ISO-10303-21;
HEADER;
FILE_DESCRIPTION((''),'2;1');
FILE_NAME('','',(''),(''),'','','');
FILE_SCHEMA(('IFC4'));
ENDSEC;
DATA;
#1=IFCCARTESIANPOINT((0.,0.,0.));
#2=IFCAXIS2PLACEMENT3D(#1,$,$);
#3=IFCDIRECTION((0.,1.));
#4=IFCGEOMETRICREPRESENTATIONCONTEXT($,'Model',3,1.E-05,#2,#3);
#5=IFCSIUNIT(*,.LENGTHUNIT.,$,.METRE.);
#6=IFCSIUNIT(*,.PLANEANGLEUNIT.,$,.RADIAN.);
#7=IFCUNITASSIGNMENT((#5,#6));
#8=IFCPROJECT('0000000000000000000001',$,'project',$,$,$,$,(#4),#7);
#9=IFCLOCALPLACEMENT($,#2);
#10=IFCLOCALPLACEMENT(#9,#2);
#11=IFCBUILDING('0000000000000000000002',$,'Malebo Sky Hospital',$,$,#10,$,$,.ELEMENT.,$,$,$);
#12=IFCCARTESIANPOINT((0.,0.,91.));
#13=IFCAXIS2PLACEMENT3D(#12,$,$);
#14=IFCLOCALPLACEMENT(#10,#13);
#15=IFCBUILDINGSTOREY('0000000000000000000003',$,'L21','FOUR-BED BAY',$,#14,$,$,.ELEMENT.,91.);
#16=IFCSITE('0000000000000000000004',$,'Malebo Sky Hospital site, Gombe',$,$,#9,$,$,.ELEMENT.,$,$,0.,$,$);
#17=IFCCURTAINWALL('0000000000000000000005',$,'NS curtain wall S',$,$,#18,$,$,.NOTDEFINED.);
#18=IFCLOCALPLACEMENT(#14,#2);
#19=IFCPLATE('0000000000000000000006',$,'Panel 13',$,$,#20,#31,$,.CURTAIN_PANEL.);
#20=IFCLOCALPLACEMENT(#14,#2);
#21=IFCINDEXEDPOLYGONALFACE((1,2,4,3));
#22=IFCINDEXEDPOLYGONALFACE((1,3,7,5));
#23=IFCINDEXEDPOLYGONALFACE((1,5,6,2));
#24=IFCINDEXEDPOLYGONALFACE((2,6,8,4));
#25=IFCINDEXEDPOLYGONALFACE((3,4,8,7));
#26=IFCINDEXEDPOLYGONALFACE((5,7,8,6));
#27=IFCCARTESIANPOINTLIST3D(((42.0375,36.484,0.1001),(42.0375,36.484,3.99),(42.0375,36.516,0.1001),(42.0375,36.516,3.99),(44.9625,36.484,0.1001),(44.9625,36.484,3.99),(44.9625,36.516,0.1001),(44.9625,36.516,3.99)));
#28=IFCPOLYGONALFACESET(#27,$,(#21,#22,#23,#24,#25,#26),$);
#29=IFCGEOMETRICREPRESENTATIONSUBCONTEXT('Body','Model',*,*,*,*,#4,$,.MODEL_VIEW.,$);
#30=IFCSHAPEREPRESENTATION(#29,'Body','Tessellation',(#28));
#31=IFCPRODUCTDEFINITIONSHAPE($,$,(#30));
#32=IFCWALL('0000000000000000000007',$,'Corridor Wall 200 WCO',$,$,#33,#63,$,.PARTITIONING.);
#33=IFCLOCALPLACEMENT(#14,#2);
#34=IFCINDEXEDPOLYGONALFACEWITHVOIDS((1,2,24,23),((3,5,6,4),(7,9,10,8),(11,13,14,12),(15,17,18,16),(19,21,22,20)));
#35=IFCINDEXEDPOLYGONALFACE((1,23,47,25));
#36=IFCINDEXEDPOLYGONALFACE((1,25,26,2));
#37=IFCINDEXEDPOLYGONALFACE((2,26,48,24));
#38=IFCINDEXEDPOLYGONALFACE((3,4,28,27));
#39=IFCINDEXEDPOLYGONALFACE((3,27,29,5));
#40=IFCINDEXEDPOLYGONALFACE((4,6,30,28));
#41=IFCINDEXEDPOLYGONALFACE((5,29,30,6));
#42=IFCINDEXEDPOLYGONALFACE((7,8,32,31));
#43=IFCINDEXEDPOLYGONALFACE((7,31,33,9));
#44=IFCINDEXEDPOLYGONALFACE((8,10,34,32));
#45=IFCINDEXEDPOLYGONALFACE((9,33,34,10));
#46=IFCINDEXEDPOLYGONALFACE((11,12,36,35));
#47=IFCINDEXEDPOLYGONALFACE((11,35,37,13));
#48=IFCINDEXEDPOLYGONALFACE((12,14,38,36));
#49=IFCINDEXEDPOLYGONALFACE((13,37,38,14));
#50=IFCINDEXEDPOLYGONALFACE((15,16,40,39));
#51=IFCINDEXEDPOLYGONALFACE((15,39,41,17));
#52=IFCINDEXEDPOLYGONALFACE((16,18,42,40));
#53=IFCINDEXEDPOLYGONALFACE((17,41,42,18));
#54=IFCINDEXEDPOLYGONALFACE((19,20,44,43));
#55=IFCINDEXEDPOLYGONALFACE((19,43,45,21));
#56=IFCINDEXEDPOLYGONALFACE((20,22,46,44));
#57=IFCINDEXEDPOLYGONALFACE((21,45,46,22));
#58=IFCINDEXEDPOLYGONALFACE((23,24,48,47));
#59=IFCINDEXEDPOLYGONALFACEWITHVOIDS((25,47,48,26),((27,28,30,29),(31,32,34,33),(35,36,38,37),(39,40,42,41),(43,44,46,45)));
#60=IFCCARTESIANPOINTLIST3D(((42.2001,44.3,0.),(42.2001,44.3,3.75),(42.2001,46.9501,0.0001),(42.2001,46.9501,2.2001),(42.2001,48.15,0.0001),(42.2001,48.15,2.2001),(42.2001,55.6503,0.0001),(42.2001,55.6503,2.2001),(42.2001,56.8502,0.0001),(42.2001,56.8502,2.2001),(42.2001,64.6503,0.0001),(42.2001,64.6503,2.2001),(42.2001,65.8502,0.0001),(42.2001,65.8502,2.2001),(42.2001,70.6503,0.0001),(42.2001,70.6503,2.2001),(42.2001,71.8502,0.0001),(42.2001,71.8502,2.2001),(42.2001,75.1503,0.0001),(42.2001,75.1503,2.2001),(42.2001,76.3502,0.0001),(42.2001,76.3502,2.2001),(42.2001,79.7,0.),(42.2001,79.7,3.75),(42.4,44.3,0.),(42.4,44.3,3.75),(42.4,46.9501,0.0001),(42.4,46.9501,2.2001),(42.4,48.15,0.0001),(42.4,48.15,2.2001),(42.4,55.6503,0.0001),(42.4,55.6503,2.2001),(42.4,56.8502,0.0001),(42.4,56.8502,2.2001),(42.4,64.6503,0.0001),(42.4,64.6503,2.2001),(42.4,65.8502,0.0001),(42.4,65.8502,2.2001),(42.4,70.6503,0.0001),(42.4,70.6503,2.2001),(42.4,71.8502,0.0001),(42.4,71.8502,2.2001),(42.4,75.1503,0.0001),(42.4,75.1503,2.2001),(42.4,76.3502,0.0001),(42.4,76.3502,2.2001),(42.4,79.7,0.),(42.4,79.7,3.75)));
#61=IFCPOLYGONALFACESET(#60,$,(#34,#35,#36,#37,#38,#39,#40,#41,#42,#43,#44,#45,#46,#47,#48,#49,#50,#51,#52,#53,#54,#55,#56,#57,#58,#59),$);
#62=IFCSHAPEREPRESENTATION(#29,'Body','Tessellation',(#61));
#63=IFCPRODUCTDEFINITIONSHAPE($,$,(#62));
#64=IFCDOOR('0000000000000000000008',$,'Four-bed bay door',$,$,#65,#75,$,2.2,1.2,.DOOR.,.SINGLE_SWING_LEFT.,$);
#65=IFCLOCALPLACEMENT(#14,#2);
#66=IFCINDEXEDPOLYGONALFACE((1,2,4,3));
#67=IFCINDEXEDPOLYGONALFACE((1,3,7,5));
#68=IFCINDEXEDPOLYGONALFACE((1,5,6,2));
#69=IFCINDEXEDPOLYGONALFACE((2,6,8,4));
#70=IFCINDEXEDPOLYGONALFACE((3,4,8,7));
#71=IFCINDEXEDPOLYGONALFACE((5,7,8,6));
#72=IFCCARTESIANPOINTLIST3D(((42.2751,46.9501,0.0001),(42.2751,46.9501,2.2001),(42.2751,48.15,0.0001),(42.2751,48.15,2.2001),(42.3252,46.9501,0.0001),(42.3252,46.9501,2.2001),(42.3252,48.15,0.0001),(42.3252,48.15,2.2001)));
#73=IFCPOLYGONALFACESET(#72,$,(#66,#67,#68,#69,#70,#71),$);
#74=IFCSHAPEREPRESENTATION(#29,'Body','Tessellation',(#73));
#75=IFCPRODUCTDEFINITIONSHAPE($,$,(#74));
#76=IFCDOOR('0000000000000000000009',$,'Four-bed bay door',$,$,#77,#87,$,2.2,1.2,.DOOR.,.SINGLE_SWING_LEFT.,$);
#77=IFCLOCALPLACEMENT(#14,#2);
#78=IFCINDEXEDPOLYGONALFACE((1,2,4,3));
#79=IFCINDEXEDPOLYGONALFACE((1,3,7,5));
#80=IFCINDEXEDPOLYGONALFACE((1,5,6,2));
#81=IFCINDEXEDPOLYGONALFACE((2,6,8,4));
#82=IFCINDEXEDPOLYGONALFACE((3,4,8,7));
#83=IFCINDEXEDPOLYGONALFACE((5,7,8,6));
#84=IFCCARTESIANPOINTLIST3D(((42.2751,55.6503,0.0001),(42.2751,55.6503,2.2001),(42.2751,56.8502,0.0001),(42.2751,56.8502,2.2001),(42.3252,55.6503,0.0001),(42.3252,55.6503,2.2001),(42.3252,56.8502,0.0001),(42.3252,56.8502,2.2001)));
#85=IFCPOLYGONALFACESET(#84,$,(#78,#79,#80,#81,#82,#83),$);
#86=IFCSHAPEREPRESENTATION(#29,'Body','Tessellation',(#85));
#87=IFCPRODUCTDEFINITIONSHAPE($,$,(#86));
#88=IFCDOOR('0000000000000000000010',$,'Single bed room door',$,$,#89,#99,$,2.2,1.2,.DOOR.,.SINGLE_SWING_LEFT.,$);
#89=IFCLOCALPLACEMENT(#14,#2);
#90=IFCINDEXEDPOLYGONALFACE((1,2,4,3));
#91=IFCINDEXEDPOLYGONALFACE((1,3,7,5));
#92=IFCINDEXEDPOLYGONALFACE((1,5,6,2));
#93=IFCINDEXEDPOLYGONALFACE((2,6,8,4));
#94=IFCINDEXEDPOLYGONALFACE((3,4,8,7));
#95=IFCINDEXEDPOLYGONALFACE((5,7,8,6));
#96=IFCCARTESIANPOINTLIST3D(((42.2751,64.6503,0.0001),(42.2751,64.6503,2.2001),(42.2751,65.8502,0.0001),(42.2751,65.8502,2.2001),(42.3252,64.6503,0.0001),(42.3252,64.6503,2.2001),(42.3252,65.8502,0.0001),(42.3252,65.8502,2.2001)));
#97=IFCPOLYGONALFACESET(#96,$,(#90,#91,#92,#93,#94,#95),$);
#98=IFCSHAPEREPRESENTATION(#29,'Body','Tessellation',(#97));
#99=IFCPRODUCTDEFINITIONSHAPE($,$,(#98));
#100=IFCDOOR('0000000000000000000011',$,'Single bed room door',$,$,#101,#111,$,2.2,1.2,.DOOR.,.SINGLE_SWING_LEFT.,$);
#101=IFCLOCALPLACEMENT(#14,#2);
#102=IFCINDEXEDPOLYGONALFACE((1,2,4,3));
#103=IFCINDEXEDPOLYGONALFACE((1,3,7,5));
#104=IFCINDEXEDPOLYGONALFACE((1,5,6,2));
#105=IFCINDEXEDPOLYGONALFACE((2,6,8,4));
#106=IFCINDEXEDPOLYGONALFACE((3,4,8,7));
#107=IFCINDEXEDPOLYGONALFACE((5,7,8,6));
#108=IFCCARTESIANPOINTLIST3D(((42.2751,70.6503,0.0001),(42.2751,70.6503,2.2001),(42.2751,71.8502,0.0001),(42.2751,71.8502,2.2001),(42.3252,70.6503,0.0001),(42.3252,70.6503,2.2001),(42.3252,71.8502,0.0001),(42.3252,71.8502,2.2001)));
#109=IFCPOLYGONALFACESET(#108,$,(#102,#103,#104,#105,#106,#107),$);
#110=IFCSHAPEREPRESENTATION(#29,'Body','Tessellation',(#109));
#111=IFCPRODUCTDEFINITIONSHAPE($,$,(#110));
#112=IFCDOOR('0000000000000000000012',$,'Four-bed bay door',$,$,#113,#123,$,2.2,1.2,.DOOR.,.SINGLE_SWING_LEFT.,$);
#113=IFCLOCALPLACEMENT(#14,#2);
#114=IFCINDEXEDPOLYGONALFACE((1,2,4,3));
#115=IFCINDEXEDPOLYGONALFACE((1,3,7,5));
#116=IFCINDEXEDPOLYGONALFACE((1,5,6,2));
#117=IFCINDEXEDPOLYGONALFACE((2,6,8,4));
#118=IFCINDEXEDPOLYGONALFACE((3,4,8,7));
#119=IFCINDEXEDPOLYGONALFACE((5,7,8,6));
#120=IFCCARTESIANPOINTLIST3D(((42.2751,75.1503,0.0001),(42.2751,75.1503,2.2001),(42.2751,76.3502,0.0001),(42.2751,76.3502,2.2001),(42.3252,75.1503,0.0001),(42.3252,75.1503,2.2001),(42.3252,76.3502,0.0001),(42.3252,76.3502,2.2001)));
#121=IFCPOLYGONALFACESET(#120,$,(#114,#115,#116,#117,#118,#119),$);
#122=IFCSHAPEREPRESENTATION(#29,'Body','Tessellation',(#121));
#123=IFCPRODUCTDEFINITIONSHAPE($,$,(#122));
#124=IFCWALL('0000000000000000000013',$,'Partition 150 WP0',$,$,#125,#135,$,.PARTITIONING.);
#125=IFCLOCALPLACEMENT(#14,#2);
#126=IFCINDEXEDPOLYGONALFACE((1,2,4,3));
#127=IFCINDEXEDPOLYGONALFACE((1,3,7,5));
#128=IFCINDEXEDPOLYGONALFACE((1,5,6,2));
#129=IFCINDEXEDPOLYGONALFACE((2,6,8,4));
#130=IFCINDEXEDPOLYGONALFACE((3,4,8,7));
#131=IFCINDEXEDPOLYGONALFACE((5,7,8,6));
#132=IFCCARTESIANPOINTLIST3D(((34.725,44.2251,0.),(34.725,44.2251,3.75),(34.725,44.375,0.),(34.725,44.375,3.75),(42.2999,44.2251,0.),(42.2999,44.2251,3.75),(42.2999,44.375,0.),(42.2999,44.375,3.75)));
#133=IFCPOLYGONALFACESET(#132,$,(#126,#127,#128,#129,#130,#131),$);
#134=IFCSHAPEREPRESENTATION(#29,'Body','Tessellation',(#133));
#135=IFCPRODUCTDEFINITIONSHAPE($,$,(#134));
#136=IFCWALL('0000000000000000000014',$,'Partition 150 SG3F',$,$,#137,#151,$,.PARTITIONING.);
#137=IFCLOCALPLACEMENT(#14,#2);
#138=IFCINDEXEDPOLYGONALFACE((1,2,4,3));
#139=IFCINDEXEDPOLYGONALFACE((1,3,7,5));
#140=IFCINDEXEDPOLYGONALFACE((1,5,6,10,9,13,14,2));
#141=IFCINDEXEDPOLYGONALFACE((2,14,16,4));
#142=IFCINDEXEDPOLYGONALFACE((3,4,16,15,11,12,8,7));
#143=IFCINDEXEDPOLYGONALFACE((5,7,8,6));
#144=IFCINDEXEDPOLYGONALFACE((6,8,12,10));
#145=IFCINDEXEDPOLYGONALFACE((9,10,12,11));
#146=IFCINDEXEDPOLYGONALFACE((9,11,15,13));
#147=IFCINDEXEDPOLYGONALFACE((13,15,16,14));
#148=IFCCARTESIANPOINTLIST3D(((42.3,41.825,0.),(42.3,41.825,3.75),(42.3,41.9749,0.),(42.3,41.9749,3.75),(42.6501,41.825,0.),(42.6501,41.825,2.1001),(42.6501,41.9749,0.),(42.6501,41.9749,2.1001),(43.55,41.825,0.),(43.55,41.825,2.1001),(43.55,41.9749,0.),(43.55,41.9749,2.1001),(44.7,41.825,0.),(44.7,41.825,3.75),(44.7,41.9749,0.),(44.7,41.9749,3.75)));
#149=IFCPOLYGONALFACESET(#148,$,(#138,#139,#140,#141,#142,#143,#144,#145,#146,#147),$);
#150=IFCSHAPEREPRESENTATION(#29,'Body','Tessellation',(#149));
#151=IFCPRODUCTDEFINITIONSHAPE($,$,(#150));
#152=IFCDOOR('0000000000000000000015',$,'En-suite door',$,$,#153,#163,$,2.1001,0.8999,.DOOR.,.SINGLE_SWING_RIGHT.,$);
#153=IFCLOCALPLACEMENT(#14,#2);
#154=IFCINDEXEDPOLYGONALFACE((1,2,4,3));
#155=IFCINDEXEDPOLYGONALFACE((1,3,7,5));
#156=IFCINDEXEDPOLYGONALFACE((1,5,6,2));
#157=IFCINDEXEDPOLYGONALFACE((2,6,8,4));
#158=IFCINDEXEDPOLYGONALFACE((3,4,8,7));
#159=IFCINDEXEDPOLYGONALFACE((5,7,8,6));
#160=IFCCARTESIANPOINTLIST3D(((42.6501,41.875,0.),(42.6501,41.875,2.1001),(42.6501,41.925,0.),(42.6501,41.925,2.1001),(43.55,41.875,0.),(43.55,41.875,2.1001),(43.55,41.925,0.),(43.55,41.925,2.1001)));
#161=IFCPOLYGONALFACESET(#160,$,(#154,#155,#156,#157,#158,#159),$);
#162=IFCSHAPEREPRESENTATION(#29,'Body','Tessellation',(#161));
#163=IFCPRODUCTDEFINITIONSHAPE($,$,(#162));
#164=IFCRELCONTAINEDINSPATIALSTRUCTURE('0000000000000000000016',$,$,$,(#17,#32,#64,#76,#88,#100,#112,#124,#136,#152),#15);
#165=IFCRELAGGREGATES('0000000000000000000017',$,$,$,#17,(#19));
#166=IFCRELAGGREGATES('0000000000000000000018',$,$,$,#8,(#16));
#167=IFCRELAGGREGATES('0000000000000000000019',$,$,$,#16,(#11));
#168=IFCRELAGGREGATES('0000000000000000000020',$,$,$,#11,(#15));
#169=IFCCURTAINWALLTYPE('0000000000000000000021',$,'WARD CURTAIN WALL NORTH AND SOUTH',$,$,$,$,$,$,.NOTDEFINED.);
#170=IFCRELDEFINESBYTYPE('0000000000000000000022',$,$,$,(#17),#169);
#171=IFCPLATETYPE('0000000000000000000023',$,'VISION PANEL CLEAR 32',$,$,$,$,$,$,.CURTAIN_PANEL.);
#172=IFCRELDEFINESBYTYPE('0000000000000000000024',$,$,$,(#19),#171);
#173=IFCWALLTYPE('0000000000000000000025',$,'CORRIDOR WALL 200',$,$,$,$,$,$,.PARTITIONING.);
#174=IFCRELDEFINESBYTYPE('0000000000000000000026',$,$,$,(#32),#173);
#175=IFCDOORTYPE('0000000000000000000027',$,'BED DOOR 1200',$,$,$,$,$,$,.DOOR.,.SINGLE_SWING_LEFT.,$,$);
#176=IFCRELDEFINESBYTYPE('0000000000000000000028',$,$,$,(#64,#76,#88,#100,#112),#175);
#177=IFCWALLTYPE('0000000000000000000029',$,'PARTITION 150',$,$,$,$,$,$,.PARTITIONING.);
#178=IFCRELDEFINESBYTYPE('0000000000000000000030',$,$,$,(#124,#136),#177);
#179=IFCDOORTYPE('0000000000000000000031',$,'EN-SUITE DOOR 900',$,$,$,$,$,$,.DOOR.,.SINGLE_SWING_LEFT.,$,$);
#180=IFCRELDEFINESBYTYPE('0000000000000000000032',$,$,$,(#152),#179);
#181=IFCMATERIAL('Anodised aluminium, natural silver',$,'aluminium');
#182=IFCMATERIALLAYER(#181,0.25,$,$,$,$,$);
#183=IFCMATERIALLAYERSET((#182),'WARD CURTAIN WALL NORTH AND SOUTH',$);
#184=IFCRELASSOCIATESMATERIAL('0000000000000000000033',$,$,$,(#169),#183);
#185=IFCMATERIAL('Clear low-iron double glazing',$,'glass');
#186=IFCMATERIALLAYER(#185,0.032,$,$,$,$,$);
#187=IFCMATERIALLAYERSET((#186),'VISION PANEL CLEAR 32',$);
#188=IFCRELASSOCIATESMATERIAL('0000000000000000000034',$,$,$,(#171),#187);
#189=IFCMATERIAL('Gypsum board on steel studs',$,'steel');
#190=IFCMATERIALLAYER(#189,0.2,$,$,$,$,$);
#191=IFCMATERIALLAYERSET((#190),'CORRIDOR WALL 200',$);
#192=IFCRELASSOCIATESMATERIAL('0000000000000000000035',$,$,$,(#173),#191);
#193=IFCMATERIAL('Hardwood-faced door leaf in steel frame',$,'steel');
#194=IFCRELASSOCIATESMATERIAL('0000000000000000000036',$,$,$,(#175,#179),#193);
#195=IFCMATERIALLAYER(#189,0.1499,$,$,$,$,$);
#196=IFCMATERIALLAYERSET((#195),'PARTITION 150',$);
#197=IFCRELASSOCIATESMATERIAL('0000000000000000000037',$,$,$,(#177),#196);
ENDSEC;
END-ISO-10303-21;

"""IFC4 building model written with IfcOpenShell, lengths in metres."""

from ifc_helpers import new_model, si_unit, direction, frame, frame_2d, origin, origin_2d, place, context, subcontext, project, spatial, rectangle, extrude, material, layer, layer_set, type_object, element, fill, aggregate, save


model = new_model("IFC4")

# Units and contexts
model_context = context("Model", 3, precision=1e-05, world=origin(), true_north=direction((0.0, 1.0)))
body_context = subcontext(model_context, "Body", "Model", "MODEL_VIEW")
ifc_project = project(units=[si_unit("LENGTHUNIT", "METRE"), si_unit("PLANEANGLEUNIT", "RADIAN")], contexts=[model_context])

# Site, building, storey
site_placement = place(None, origin())
site = spatial("IfcSite", under=ifc_project, at=site_placement, Name="Malebo Sky Hospital site, Gombe", CompositionType="ELEMENT", RefElevation=0.0)
building_placement = place(site_placement, origin())
building = spatial("IfcBuilding", under=site, at=building_placement, Name="Malebo Sky Hospital", CompositionType="ELEMENT")
storey_placement = place(building_placement, frame((0.0, 0.0, 91.0)))
storey = spatial("IfcBuildingStorey", under=building, at=storey_placement, Name="L21", Description="FOUR-BED BAY", CompositionType="ELEMENT", Elevation=91.0)

# Curtain wall
ifc_material_1 = material(Name="Anodised aluminium, natural silver", Category="aluminium")
ifc_layer_1 = layer(ifc_material_1, 0.25)
ifc_layer_set_1 = layer_set([ifc_layer_1], Name="WARD CURTAIN WALL NORTH AND SOUTH")
curtain_wall_type = type_object("IfcCurtainWallType", Name="WARD CURTAIN WALL NORTH AND SOUTH", PredefinedType="NOTDEFINED", material=ifc_layer_set_1)
curtain_wall_placement = place(storey_placement, origin())
curtain_wall = element("IfcCurtainWall", 1, at=curtain_wall_placement, inside=storey, type_object=curtain_wall_type, Name="NS curtain wall S", PredefinedType="NOTDEFINED")

# Plate
ifc_material_2 = material(Name="Clear low-iron double glazing", Category="glass")
ifc_layer_2 = layer(ifc_material_2, 0.032)
ifc_layer_set_2 = layer_set([ifc_layer_2], Name="VISION PANEL CLEAR 32")
plate_type = type_object("IfcPlateType", Name="VISION PANEL CLEAR 32", PredefinedType="CURTAIN_PANEL", material=ifc_layer_set_2)
plate_1_placement = place(storey_placement, frame((43.5, 36.5, 0.1001), z_axis=(0.0, 0.0, 1.0), x_axis=(-1.0, 0.0, 0.0)))
plate_1 = element("IfcPlate", 2, at=plate_1_placement, type_object=plate_type, Name="Panel 13", PredefinedType="CURTAIN_PANEL", context=body_context, shape_type="SweptSolid", body=[
    extrude(rectangle(XDim=2.925, YDim=0.032, at=origin_2d()), origin(), (0.0, 0.0, 1.0), 3.8899),
])
aggregate(curtain_wall, [plate_1])

# Wall, openings, doors
ifc_material_3 = material(Name="Gypsum board on steel studs", Category="steel")
ifc_layer_3 = layer(ifc_material_3, 0.2)
ifc_layer_set_3 = layer_set([ifc_layer_3], Name="CORRIDOR WALL 200")
wall_type_1 = type_object("IfcWallType", Name="CORRIDOR WALL 200", PredefinedType="PARTITIONING", material=ifc_layer_set_3)
wall_1_placement = place(storey_placement, frame((42.3, 44.3, 0.0), z_axis=(0.0, 0.0, 1.0), x_axis=(0.0, 1.0, 0.0)))
wall_1 = element("IfcWall", 3, at=wall_1_placement, inside=storey, type_object=wall_type_1, Name="Corridor Wall 200 WCO", PredefinedType="PARTITIONING", context=body_context, shape_type="SweptSolid", body=[
    extrude(rectangle(XDim=35.3999, YDim=0.2, at=frame_2d((17.7, 0.0))), origin(), (0.0, 0.0, 1.0), 3.75),
])
opening_1_placement = place(wall_1_placement, frame((2.6499, 0.0, 0.0)))
opening_1 = element("IfcOpeningElement", 4, at=opening_1_placement, cuts=wall_1, PredefinedType="OPENING", context=body_context, shape_type="SweptSolid", body=[
    extrude(rectangle(XDim=1.2, YDim=2.2, at=frame_2d((0.6001, 1.1001))), frame((0.0, 0.1099, 0.0), z_axis=(0.0, -1.0, 0.0), x_axis=(1.0, 0.0, 0.0)), (0.0, 0.0, 1.0), 0.22),
])
opening_2_placement = place(wall_1_placement, frame((11.3501, 0.0, 0.0)))
opening_2 = element("IfcOpeningElement", 5, at=opening_2_placement, cuts=wall_1, PredefinedType="OPENING", context=body_context, shape_type="SweptSolid", body=[
    extrude(rectangle(XDim=1.2, YDim=2.2, at=frame_2d((0.6001, 1.1001))), frame((0.0, 0.1099, 0.0), z_axis=(0.0, -1.0, 0.0), x_axis=(1.0, 0.0, 0.0)), (0.0, 0.0, 1.0), 0.22),
])
opening_3_placement = place(wall_1_placement, frame((20.3501, 0.0, 0.0)))
opening_3 = element("IfcOpeningElement", 6, at=opening_3_placement, cuts=wall_1, PredefinedType="OPENING", context=body_context, shape_type="SweptSolid", body=[
    extrude(rectangle(XDim=1.2, YDim=2.2, at=frame_2d((0.6001, 1.1001))), frame((0.0, 0.1099, 0.0), z_axis=(0.0, -1.0, 0.0), x_axis=(1.0, 0.0, 0.0)), (0.0, 0.0, 1.0), 0.22),
])
opening_4_placement = place(wall_1_placement, frame((26.3501, 0.0, 0.0)))
opening_4 = element("IfcOpeningElement", 7, at=opening_4_placement, cuts=wall_1, PredefinedType="OPENING", context=body_context, shape_type="SweptSolid", body=[
    extrude(rectangle(XDim=1.2, YDim=2.2, at=frame_2d((0.6001, 1.1001))), frame((0.0, 0.1099, 0.0), z_axis=(0.0, -1.0, 0.0), x_axis=(1.0, 0.0, 0.0)), (0.0, 0.0, 1.0), 0.22),
])
opening_5_placement = place(wall_1_placement, frame((30.8501, 0.0, 0.0)))
opening_5 = element("IfcOpeningElement", 8, at=opening_5_placement, cuts=wall_1, PredefinedType="OPENING", context=body_context, shape_type="SweptSolid", body=[
    extrude(rectangle(XDim=1.2, YDim=2.2, at=frame_2d((0.6001, 1.1001))), frame((0.0, 0.1099, 0.0), z_axis=(0.0, -1.0, 0.0), x_axis=(1.0, 0.0, 0.0)), (0.0, 0.0, 1.0), 0.22),
])
ifc_material_4 = material(Name="Hardwood-faced door leaf in steel frame", Category="steel")
door_type_1 = type_object("IfcDoorType", Name="BED DOOR 1200", OperationType="SINGLE_SWING_LEFT", PredefinedType="DOOR", material=ifc_material_4)
door_1_placement = place(opening_1_placement, origin())
door_1 = element("IfcDoor", 9, at=door_1_placement, inside=storey, type_object=door_type_1, Name="Four-bed bay door", OperationType="SINGLE_SWING_LEFT", OverallHeight=2.2, OverallWidth=1.2, PredefinedType="DOOR", context=body_context, shape_type="SweptSolid", body=[
    extrude(rectangle(XDim=1.2, YDim=2.2, at=frame_2d((0.6001, 1.1001))), frame((0.0, 0.0249, 0.0), z_axis=(0.0, -1.0, 0.0), x_axis=(1.0, 0.0, 0.0)), (0.0, 0.0, 1.0), 0.05),
])
fill(opening_1, door_1)
door_2_placement = place(opening_2_placement, origin())
door_2 = element("IfcDoor", 10, at=door_2_placement, inside=storey, type_object=door_type_1, Name="Four-bed bay door", OperationType="SINGLE_SWING_LEFT", OverallHeight=2.2, OverallWidth=1.2, PredefinedType="DOOR", context=body_context, shape_type="SweptSolid", body=[
    extrude(rectangle(XDim=1.2, YDim=2.2, at=frame_2d((0.6001, 1.1001))), frame((0.0, 0.0249, 0.0), z_axis=(0.0, -1.0, 0.0), x_axis=(1.0, 0.0, 0.0)), (0.0, 0.0, 1.0), 0.05),
])
fill(opening_2, door_2)
door_3_placement = place(opening_3_placement, origin())
door_3 = element("IfcDoor", 11, at=door_3_placement, inside=storey, type_object=door_type_1, Name="Single bed room door", OperationType="SINGLE_SWING_LEFT", OverallHeight=2.2, OverallWidth=1.2, PredefinedType="DOOR", context=body_context, shape_type="SweptSolid", body=[
    extrude(rectangle(XDim=1.2, YDim=2.2, at=frame_2d((0.6001, 1.1001))), frame((0.0, 0.0249, 0.0), z_axis=(0.0, -1.0, 0.0), x_axis=(1.0, 0.0, 0.0)), (0.0, 0.0, 1.0), 0.05),
])
fill(opening_3, door_3)
door_4_placement = place(opening_4_placement, origin())
door_4 = element("IfcDoor", 12, at=door_4_placement, inside=storey, type_object=door_type_1, Name="Single bed room door", OperationType="SINGLE_SWING_LEFT", OverallHeight=2.2, OverallWidth=1.2, PredefinedType="DOOR", context=body_context, shape_type="SweptSolid", body=[
    extrude(rectangle(XDim=1.2, YDim=2.2, at=frame_2d((0.6001, 1.1001))), frame((0.0, 0.0249, 0.0), z_axis=(0.0, -1.0, 0.0), x_axis=(1.0, 0.0, 0.0)), (0.0, 0.0, 1.0), 0.05),
])
fill(opening_4, door_4)
door_5_placement = place(opening_5_placement, origin())
door_5 = element("IfcDoor", 13, at=door_5_placement, inside=storey, type_object=door_type_1, Name="Four-bed bay door", OperationType="SINGLE_SWING_LEFT", OverallHeight=2.2, OverallWidth=1.2, PredefinedType="DOOR", context=body_context, shape_type="SweptSolid", body=[
    extrude(rectangle(XDim=1.2, YDim=2.2, at=frame_2d((0.6001, 1.1001))), frame((0.0, 0.0249, 0.0), z_axis=(0.0, -1.0, 0.0), x_axis=(1.0, 0.0, 0.0)), (0.0, 0.0, 1.0), 0.05),
])
fill(opening_5, door_5)

# Wall
ifc_layer_4 = layer(ifc_material_3, 0.1499)
ifc_layer_set_4 = layer_set([ifc_layer_4], Name="PARTITION 150")
wall_type_2 = type_object("IfcWallType", Name="PARTITION 150", PredefinedType="PARTITIONING", material=ifc_layer_set_4)
wall_2_placement = place(storey_placement, frame((42.3, 44.3, 0.0), z_axis=(0.0, 0.0, 1.0), x_axis=(-1.0, 0.0, 0.0)))
element("IfcWall", 14, at=wall_2_placement, inside=storey, type_object=wall_type_2, Name="Partition 150 WP0", PredefinedType="PARTITIONING", context=body_context, shape_type="SweptSolid", body=[
    extrude(rectangle(XDim=7.575, YDim=0.1499, at=frame_2d((3.7876, 0.0))), origin(), (0.0, 0.0, 1.0), 3.75),
])

# Wall, opening, door
wall_3_placement = place(storey_placement, frame((44.7, 41.8999, 0.0), z_axis=(0.0, 0.0, 1.0), x_axis=(-1.0, 0.0, 0.0)))
wall_3 = element("IfcWall", 15, at=wall_3_placement, inside=storey, type_object=wall_type_2, Name="Partition 150 SG3F", PredefinedType="PARTITIONING", context=body_context, shape_type="SweptSolid", body=[
    extrude(rectangle(XDim=2.3999, YDim=0.1499, at=frame_2d((1.2, 0.0))), origin(), (0.0, 0.0, 1.0), 3.75),
])
opening_6_placement = place(wall_3_placement, frame((1.1499, 0.0, 0.0)))
opening_6 = element("IfcOpeningElement", 16, at=opening_6_placement, cuts=wall_3, PredefinedType="OPENING", context=body_context, shape_type="SweptSolid", body=[
    extrude(rectangle(XDim=0.8999, YDim=2.1001, at=frame_2d((0.45, 1.05))), frame((0.0, 0.085, 0.0), z_axis=(0.0, -1.0, 0.0), x_axis=(1.0, 0.0, 0.0)), (0.0, 0.0, 1.0), 0.1699),
])
door_type_2 = type_object("IfcDoorType", Name="EN-SUITE DOOR 900", OperationType="SINGLE_SWING_LEFT", PredefinedType="DOOR", material=ifc_material_4)
door_6_placement = place(opening_6_placement, origin())
door_6 = element("IfcDoor", 17, at=door_6_placement, inside=storey, type_object=door_type_2, Name="En-suite door", OperationType="SINGLE_SWING_RIGHT", OverallHeight=2.1001, OverallWidth=0.8999, PredefinedType="DOOR", context=body_context, shape_type="SweptSolid", body=[
    extrude(rectangle(XDim=0.8999, YDim=2.1001, at=frame_2d((0.45, 1.05))), frame((0.0, 0.0249, 0.0), z_axis=(0.0, -1.0, 0.0), x_axis=(1.0, 0.0, 0.0)), (0.0, 0.0, 1.0), 0.05),
])
fill(opening_6, door_6)

save(model, "model.ifc")
